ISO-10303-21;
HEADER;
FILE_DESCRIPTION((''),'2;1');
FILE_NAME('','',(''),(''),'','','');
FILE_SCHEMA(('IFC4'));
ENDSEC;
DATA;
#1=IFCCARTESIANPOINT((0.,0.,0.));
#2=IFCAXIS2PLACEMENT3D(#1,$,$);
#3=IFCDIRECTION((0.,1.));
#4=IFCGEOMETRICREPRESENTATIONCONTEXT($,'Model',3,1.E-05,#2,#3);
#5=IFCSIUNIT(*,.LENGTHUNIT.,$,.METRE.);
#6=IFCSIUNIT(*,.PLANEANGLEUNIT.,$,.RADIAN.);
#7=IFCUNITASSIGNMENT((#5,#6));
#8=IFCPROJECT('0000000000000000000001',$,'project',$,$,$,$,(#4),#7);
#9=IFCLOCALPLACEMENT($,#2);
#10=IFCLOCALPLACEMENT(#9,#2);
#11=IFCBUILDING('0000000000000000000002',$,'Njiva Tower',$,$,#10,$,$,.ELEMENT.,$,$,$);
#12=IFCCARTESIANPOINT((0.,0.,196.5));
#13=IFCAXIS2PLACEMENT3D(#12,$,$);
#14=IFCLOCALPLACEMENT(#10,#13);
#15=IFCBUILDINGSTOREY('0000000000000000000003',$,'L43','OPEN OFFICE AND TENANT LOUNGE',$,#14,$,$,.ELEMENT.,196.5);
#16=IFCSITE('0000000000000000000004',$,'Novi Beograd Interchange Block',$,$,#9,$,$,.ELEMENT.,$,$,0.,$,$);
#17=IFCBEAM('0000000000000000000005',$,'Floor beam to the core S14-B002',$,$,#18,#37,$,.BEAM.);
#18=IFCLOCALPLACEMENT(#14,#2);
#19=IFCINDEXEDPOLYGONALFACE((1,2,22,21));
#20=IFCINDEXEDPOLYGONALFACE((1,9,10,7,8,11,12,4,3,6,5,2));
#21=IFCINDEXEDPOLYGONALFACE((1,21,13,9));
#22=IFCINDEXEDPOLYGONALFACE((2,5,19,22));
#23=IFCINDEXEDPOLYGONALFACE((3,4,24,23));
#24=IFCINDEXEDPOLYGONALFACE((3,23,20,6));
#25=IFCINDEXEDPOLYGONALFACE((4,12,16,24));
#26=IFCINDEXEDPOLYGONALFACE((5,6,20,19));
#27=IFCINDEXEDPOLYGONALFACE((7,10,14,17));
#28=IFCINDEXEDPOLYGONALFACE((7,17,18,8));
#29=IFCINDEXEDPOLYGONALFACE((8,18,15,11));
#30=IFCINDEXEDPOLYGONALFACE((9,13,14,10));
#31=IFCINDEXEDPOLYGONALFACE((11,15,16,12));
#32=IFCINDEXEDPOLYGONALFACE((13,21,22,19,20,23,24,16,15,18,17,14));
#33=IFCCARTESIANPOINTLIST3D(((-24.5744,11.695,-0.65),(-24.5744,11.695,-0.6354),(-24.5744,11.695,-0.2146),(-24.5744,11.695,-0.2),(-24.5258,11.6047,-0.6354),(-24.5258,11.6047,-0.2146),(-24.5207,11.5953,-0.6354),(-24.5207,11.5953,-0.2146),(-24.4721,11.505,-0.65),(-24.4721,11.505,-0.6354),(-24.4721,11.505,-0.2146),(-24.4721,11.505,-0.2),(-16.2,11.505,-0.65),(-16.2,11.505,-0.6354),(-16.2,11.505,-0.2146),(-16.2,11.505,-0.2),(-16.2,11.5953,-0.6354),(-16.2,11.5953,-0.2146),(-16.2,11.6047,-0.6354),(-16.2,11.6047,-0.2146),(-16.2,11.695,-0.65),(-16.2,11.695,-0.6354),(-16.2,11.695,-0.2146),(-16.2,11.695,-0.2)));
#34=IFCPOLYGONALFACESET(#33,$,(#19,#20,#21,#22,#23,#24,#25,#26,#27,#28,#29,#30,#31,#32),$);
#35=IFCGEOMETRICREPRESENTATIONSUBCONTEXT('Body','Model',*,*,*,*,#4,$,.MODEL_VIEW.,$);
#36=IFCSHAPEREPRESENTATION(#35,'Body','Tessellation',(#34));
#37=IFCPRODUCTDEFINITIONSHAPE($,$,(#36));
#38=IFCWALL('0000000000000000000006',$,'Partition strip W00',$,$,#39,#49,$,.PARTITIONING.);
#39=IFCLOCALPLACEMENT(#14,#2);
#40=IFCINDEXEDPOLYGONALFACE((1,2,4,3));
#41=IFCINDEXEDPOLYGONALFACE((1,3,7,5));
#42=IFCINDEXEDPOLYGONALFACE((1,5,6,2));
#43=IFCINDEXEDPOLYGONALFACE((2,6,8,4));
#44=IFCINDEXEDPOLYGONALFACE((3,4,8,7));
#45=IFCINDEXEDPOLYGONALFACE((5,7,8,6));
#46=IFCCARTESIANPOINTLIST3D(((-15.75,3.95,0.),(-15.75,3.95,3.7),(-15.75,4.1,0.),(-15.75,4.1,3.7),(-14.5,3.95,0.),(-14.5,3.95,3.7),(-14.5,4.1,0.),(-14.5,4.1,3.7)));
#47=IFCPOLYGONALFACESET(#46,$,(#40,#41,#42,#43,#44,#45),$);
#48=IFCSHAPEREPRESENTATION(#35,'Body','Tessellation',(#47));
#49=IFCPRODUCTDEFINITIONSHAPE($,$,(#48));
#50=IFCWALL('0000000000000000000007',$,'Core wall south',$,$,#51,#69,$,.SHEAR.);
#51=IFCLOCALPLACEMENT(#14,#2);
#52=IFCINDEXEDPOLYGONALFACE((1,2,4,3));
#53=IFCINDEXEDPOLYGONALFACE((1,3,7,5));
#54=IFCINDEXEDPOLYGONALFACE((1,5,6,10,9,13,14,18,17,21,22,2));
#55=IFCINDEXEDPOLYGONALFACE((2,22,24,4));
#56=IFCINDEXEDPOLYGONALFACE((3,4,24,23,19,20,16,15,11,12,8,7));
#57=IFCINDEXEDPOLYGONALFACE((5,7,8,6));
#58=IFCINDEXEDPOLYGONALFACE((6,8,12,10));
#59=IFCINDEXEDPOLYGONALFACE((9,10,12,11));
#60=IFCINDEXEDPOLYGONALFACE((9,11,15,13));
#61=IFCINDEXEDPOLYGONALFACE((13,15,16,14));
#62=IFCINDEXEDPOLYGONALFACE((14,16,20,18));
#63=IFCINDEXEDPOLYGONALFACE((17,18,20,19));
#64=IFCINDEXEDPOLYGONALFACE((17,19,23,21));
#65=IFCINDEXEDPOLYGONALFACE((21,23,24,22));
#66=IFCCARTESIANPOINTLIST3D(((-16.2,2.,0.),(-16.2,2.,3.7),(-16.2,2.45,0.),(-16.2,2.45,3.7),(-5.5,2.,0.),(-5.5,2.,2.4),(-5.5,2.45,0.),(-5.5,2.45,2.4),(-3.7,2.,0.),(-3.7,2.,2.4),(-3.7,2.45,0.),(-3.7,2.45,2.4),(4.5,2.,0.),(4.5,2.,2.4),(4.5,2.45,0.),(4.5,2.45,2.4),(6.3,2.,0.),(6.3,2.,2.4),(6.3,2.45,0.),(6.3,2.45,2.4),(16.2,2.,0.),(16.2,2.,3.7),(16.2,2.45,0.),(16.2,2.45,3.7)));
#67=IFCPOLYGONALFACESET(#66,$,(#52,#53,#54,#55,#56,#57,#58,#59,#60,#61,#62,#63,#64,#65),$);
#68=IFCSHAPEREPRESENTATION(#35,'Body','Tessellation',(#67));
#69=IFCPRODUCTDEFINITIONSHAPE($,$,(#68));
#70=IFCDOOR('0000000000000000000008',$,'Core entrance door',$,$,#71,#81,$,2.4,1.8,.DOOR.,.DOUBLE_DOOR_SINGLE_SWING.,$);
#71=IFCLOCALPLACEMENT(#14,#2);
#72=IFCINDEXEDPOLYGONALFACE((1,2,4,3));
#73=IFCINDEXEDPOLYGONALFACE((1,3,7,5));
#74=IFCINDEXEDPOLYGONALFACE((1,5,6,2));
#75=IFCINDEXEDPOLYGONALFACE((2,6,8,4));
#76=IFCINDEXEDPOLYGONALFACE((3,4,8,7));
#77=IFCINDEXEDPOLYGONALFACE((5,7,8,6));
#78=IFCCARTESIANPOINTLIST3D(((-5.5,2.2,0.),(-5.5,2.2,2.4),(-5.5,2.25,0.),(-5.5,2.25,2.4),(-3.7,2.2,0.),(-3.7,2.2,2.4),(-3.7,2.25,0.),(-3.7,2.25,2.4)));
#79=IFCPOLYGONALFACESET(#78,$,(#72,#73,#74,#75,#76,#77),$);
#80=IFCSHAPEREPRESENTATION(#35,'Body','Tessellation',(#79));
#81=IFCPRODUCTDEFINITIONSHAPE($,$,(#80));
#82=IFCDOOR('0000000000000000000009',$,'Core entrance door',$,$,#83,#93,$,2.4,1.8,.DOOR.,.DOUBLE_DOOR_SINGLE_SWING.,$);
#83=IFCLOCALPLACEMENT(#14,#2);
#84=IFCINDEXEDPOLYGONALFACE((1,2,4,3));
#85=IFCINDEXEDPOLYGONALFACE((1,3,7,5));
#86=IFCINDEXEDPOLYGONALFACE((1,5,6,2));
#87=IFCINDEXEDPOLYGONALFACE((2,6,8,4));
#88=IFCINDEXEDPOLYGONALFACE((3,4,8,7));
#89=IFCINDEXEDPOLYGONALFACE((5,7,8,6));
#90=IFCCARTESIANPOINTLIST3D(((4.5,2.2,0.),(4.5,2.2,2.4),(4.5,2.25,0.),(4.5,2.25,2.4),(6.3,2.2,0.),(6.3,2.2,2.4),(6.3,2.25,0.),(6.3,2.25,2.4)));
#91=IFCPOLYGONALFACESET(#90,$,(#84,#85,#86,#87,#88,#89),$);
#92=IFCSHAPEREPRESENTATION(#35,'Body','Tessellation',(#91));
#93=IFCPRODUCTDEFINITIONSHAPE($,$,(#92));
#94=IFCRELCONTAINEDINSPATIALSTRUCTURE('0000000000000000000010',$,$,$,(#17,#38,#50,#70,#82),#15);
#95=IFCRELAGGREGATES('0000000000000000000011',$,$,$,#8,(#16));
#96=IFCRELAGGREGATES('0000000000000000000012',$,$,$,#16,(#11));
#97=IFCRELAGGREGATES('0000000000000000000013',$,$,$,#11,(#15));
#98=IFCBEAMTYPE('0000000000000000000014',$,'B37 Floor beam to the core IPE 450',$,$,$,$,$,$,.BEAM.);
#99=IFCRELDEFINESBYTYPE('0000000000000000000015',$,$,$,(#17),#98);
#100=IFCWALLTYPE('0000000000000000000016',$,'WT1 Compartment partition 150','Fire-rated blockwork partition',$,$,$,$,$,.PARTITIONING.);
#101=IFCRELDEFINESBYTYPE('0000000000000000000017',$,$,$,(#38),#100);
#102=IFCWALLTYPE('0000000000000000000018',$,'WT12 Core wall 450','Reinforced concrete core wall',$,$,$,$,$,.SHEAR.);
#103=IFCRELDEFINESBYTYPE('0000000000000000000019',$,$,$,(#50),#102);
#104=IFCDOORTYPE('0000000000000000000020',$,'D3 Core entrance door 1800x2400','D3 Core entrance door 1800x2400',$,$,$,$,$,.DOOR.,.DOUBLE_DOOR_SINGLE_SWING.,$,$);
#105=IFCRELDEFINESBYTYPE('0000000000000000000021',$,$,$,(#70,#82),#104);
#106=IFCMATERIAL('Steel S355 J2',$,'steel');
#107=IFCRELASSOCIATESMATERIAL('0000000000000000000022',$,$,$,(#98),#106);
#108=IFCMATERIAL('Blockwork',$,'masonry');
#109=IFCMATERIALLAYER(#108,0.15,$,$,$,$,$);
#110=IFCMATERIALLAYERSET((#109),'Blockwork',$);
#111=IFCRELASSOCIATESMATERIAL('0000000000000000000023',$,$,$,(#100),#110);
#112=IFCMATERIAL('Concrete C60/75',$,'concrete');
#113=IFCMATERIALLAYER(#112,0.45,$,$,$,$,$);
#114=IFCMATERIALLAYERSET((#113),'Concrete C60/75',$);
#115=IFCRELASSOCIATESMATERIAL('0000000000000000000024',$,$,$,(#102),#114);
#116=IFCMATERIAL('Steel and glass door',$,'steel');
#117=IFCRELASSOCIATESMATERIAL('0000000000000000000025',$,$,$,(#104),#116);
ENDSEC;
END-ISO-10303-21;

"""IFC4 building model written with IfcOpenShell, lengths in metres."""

from ifc_helpers import new_model, si_unit, direction, frame, frame_2d, origin, origin_2d, place, context, subcontext, project, spatial, rectangle, i_section, extrude, clip, halfspace, material, layer, layer_set, material_profile, profile_set, type_object, element, fill, save


model = new_model("IFC4")

# Units and contexts
model_context = context("Model", 3, precision=1e-05, world=origin(), true_north=direction((0.0, 1.0)))
body_context = subcontext(model_context, "Body", "Model", "MODEL_VIEW")
ifc_project = project(units=[si_unit("LENGTHUNIT", "METRE"), si_unit("PLANEANGLEUNIT", "RADIAN")], contexts=[model_context])

# Site, building, storey
site_placement = place(None, origin())
site = spatial("IfcSite", under=ifc_project, at=site_placement, Name="Novi Beograd Interchange Block", CompositionType="ELEMENT", RefElevation=0.0)
building_placement = place(site_placement, origin())
building = spatial("IfcBuilding", under=site, at=building_placement, Name="Njiva Tower", CompositionType="ELEMENT")
storey_placement = place(building_placement, frame((0.0, 0.0, 196.5)))
storey = spatial("IfcBuildingStorey", under=building, at=storey_placement, Name="L43", Description="OPEN OFFICE AND TENANT LOUNGE", CompositionType="ELEMENT", Elevation=196.5)

# Shared definitions
ifc_material_1 = material(Name="Steel S355 J2", Category="steel")

# Beam
ifc_material_profile_1 = material_profile(ifc_material_1, i_section(OverallWidth=0.19, OverallDepth=0.45, WebThickness=0.0094, FlangeThickness=0.0146, at=origin_2d()), Name="IPE 450")
ifc_profile_set_1 = profile_set([ifc_material_profile_1], Name="Steel S355 J2")
beam_type_1 = type_object("IfcBeamType", Name="B37 Floor beam to the core IPE 450", PredefinedType="BEAM", material=ifc_profile_set_1)
beam_1_placement = place(storey_placement, frame((-24.594, 11.6, -0.425), z_axis=(1.0, 0.0, 0.0), x_axis=(0.0, 1.0, 0.0)))
element("IfcBeam", 1, at=beam_1_placement, inside=storey, type_object=beam_type_1, Name="Floor beam to the core S14-B002", PredefinedType="BEAM", context=body_context, shape_type="Clipping", body=[
    clip(extrude(i_section(OverallWidth=0.19, OverallDepth=0.45, WebThickness=0.0094, FlangeThickness=0.0146, at=origin_2d()), origin(), (0.0, 0.0, 1.0), 8.394), halfspace(frame((-0.0237, 0.0, 0.0835), z_axis=(-0.473769, 0.0, -0.880649), x_axis=(0.0, -1.0, 0.0)), False)),
])

# Wall
ifc_material_2 = material(Name="Blockwork", Category="masonry")
ifc_layer_1 = layer(ifc_material_2, 0.15)
ifc_layer_set_1 = layer_set([ifc_layer_1], Name="Blockwork")
wall_type_1 = type_object("IfcWallType", Name="WT1 Compartment partition 150", Description="Fire-rated blockwork partition", PredefinedType="PARTITIONING", material=ifc_layer_set_1)
wall_1_placement = place(storey_placement, frame((-15.75, 4.025, 0.0), z_axis=(0.0, 0.0, 1.0), x_axis=(1.0, 0.0, 0.0)))
element("IfcWall", 2, at=wall_1_placement, inside=storey, type_object=wall_type_1, Name="Partition strip W00", PredefinedType="PARTITIONING", context=body_context, shape_type="SweptSolid", body=[
    extrude(rectangle(XDim=1.25, YDim=0.15, at=frame_2d((0.625, 0.0))), origin(), (0.0, 0.0, 1.0), 3.7),
])

# Wall, openings, doors
ifc_material_3 = material(Name="Concrete C60/75", Category="concrete")
ifc_layer_2 = layer(ifc_material_3, 0.45)
ifc_layer_set_2 = layer_set([ifc_layer_2], Name="Concrete C60/75")
wall_type_2 = type_object("IfcWallType", Name="WT12 Core wall 450", Description="Reinforced concrete core wall", PredefinedType="SHEAR", material=ifc_layer_set_2)
wall_2_placement = place(storey_placement, frame((-16.2, 2.225, 0.0), z_axis=(0.0, 0.0, 1.0), x_axis=(1.0, 0.0, 0.0)))
wall_2 = element("IfcWall", 3, at=wall_2_placement, inside=storey, type_object=wall_type_2, Name="Core wall south", PredefinedType="SHEAR", context=body_context, shape_type="SweptSolid", body=[
    extrude(rectangle(XDim=32.4, YDim=0.45, at=frame_2d((16.2, 0.0))), origin(), (0.0, 0.0, 1.0), 3.7),
])
opening_1_placement = place(wall_2_placement, frame((10.7, 0.0, 0.0)))
opening_1 = element("IfcOpeningElement", 4, at=opening_1_placement, cuts=wall_2, PredefinedType="OPENING", context=body_context, shape_type="SweptSolid", body=[
    extrude(rectangle(XDim=1.8, YDim=2.4, at=frame_2d((0.9, 1.2))), frame((0.0, 0.235, 0.0), z_axis=(0.0, -1.0, 0.0), x_axis=(1.0, 0.0, 0.0)), (0.0, 0.0, 1.0), 0.47),
])
opening_2_placement = place(wall_2_placement, frame((20.7, 0.0, 0.0)))
opening_2 = element("IfcOpeningElement", 5, at=opening_2_placement, cuts=wall_2, PredefinedType="OPENING", context=body_context, shape_type="SweptSolid", body=[
    extrude(rectangle(XDim=1.8, YDim=2.4, at=frame_2d((0.9, 1.2))), frame((0.0, 0.235, 0.0), z_axis=(0.0, -1.0, 0.0), x_axis=(1.0, 0.0, 0.0)), (0.0, 0.0, 1.0), 0.47),
])
ifc_material_4 = material(Name="Steel and glass door", Category="steel")
door_type_1 = type_object("IfcDoorType", Name="D3 Core entrance door 1800x2400", Description="D3 Core entrance door 1800x2400", OperationType="DOUBLE_DOOR_SINGLE_SWING", PredefinedType="DOOR", material=ifc_material_4)
door_1_placement = place(opening_1_placement, origin())
door_1 = element("IfcDoor", 6, at=door_1_placement, inside=storey, type_object=door_type_1, Name="Core entrance door", OperationType="DOUBLE_DOOR_SINGLE_SWING", OverallHeight=2.4, OverallWidth=1.8, PredefinedType="DOOR", context=body_context, shape_type="SweptSolid", body=[
    extrude(rectangle(XDim=1.8, YDim=2.4, at=frame_2d((0.9, 1.2))), frame((0.0, 0.025, 0.0), z_axis=(0.0, -1.0, 0.0), x_axis=(1.0, 0.0, 0.0)), (0.0, 0.0, 1.0), 0.05),
])
fill(opening_1, door_1)
door_2_placement = place(opening_2_placement, origin())
door_2 = element("IfcDoor", 7, at=door_2_placement, inside=storey, type_object=door_type_1, Name="Core entrance door", OperationType="DOUBLE_DOOR_SINGLE_SWING", OverallHeight=2.4, OverallWidth=1.8, PredefinedType="DOOR", context=body_context, shape_type="SweptSolid", body=[
    extrude(rectangle(XDim=1.8, YDim=2.4, at=frame_2d((0.9, 1.2))), frame((0.0, 0.025, 0.0), z_axis=(0.0, -1.0, 0.0), x_axis=(1.0, 0.0, 0.0)), (0.0, 0.0, 1.0), 0.05),
])
fill(opening_2, door_2)

save(model, "model.ifc")
